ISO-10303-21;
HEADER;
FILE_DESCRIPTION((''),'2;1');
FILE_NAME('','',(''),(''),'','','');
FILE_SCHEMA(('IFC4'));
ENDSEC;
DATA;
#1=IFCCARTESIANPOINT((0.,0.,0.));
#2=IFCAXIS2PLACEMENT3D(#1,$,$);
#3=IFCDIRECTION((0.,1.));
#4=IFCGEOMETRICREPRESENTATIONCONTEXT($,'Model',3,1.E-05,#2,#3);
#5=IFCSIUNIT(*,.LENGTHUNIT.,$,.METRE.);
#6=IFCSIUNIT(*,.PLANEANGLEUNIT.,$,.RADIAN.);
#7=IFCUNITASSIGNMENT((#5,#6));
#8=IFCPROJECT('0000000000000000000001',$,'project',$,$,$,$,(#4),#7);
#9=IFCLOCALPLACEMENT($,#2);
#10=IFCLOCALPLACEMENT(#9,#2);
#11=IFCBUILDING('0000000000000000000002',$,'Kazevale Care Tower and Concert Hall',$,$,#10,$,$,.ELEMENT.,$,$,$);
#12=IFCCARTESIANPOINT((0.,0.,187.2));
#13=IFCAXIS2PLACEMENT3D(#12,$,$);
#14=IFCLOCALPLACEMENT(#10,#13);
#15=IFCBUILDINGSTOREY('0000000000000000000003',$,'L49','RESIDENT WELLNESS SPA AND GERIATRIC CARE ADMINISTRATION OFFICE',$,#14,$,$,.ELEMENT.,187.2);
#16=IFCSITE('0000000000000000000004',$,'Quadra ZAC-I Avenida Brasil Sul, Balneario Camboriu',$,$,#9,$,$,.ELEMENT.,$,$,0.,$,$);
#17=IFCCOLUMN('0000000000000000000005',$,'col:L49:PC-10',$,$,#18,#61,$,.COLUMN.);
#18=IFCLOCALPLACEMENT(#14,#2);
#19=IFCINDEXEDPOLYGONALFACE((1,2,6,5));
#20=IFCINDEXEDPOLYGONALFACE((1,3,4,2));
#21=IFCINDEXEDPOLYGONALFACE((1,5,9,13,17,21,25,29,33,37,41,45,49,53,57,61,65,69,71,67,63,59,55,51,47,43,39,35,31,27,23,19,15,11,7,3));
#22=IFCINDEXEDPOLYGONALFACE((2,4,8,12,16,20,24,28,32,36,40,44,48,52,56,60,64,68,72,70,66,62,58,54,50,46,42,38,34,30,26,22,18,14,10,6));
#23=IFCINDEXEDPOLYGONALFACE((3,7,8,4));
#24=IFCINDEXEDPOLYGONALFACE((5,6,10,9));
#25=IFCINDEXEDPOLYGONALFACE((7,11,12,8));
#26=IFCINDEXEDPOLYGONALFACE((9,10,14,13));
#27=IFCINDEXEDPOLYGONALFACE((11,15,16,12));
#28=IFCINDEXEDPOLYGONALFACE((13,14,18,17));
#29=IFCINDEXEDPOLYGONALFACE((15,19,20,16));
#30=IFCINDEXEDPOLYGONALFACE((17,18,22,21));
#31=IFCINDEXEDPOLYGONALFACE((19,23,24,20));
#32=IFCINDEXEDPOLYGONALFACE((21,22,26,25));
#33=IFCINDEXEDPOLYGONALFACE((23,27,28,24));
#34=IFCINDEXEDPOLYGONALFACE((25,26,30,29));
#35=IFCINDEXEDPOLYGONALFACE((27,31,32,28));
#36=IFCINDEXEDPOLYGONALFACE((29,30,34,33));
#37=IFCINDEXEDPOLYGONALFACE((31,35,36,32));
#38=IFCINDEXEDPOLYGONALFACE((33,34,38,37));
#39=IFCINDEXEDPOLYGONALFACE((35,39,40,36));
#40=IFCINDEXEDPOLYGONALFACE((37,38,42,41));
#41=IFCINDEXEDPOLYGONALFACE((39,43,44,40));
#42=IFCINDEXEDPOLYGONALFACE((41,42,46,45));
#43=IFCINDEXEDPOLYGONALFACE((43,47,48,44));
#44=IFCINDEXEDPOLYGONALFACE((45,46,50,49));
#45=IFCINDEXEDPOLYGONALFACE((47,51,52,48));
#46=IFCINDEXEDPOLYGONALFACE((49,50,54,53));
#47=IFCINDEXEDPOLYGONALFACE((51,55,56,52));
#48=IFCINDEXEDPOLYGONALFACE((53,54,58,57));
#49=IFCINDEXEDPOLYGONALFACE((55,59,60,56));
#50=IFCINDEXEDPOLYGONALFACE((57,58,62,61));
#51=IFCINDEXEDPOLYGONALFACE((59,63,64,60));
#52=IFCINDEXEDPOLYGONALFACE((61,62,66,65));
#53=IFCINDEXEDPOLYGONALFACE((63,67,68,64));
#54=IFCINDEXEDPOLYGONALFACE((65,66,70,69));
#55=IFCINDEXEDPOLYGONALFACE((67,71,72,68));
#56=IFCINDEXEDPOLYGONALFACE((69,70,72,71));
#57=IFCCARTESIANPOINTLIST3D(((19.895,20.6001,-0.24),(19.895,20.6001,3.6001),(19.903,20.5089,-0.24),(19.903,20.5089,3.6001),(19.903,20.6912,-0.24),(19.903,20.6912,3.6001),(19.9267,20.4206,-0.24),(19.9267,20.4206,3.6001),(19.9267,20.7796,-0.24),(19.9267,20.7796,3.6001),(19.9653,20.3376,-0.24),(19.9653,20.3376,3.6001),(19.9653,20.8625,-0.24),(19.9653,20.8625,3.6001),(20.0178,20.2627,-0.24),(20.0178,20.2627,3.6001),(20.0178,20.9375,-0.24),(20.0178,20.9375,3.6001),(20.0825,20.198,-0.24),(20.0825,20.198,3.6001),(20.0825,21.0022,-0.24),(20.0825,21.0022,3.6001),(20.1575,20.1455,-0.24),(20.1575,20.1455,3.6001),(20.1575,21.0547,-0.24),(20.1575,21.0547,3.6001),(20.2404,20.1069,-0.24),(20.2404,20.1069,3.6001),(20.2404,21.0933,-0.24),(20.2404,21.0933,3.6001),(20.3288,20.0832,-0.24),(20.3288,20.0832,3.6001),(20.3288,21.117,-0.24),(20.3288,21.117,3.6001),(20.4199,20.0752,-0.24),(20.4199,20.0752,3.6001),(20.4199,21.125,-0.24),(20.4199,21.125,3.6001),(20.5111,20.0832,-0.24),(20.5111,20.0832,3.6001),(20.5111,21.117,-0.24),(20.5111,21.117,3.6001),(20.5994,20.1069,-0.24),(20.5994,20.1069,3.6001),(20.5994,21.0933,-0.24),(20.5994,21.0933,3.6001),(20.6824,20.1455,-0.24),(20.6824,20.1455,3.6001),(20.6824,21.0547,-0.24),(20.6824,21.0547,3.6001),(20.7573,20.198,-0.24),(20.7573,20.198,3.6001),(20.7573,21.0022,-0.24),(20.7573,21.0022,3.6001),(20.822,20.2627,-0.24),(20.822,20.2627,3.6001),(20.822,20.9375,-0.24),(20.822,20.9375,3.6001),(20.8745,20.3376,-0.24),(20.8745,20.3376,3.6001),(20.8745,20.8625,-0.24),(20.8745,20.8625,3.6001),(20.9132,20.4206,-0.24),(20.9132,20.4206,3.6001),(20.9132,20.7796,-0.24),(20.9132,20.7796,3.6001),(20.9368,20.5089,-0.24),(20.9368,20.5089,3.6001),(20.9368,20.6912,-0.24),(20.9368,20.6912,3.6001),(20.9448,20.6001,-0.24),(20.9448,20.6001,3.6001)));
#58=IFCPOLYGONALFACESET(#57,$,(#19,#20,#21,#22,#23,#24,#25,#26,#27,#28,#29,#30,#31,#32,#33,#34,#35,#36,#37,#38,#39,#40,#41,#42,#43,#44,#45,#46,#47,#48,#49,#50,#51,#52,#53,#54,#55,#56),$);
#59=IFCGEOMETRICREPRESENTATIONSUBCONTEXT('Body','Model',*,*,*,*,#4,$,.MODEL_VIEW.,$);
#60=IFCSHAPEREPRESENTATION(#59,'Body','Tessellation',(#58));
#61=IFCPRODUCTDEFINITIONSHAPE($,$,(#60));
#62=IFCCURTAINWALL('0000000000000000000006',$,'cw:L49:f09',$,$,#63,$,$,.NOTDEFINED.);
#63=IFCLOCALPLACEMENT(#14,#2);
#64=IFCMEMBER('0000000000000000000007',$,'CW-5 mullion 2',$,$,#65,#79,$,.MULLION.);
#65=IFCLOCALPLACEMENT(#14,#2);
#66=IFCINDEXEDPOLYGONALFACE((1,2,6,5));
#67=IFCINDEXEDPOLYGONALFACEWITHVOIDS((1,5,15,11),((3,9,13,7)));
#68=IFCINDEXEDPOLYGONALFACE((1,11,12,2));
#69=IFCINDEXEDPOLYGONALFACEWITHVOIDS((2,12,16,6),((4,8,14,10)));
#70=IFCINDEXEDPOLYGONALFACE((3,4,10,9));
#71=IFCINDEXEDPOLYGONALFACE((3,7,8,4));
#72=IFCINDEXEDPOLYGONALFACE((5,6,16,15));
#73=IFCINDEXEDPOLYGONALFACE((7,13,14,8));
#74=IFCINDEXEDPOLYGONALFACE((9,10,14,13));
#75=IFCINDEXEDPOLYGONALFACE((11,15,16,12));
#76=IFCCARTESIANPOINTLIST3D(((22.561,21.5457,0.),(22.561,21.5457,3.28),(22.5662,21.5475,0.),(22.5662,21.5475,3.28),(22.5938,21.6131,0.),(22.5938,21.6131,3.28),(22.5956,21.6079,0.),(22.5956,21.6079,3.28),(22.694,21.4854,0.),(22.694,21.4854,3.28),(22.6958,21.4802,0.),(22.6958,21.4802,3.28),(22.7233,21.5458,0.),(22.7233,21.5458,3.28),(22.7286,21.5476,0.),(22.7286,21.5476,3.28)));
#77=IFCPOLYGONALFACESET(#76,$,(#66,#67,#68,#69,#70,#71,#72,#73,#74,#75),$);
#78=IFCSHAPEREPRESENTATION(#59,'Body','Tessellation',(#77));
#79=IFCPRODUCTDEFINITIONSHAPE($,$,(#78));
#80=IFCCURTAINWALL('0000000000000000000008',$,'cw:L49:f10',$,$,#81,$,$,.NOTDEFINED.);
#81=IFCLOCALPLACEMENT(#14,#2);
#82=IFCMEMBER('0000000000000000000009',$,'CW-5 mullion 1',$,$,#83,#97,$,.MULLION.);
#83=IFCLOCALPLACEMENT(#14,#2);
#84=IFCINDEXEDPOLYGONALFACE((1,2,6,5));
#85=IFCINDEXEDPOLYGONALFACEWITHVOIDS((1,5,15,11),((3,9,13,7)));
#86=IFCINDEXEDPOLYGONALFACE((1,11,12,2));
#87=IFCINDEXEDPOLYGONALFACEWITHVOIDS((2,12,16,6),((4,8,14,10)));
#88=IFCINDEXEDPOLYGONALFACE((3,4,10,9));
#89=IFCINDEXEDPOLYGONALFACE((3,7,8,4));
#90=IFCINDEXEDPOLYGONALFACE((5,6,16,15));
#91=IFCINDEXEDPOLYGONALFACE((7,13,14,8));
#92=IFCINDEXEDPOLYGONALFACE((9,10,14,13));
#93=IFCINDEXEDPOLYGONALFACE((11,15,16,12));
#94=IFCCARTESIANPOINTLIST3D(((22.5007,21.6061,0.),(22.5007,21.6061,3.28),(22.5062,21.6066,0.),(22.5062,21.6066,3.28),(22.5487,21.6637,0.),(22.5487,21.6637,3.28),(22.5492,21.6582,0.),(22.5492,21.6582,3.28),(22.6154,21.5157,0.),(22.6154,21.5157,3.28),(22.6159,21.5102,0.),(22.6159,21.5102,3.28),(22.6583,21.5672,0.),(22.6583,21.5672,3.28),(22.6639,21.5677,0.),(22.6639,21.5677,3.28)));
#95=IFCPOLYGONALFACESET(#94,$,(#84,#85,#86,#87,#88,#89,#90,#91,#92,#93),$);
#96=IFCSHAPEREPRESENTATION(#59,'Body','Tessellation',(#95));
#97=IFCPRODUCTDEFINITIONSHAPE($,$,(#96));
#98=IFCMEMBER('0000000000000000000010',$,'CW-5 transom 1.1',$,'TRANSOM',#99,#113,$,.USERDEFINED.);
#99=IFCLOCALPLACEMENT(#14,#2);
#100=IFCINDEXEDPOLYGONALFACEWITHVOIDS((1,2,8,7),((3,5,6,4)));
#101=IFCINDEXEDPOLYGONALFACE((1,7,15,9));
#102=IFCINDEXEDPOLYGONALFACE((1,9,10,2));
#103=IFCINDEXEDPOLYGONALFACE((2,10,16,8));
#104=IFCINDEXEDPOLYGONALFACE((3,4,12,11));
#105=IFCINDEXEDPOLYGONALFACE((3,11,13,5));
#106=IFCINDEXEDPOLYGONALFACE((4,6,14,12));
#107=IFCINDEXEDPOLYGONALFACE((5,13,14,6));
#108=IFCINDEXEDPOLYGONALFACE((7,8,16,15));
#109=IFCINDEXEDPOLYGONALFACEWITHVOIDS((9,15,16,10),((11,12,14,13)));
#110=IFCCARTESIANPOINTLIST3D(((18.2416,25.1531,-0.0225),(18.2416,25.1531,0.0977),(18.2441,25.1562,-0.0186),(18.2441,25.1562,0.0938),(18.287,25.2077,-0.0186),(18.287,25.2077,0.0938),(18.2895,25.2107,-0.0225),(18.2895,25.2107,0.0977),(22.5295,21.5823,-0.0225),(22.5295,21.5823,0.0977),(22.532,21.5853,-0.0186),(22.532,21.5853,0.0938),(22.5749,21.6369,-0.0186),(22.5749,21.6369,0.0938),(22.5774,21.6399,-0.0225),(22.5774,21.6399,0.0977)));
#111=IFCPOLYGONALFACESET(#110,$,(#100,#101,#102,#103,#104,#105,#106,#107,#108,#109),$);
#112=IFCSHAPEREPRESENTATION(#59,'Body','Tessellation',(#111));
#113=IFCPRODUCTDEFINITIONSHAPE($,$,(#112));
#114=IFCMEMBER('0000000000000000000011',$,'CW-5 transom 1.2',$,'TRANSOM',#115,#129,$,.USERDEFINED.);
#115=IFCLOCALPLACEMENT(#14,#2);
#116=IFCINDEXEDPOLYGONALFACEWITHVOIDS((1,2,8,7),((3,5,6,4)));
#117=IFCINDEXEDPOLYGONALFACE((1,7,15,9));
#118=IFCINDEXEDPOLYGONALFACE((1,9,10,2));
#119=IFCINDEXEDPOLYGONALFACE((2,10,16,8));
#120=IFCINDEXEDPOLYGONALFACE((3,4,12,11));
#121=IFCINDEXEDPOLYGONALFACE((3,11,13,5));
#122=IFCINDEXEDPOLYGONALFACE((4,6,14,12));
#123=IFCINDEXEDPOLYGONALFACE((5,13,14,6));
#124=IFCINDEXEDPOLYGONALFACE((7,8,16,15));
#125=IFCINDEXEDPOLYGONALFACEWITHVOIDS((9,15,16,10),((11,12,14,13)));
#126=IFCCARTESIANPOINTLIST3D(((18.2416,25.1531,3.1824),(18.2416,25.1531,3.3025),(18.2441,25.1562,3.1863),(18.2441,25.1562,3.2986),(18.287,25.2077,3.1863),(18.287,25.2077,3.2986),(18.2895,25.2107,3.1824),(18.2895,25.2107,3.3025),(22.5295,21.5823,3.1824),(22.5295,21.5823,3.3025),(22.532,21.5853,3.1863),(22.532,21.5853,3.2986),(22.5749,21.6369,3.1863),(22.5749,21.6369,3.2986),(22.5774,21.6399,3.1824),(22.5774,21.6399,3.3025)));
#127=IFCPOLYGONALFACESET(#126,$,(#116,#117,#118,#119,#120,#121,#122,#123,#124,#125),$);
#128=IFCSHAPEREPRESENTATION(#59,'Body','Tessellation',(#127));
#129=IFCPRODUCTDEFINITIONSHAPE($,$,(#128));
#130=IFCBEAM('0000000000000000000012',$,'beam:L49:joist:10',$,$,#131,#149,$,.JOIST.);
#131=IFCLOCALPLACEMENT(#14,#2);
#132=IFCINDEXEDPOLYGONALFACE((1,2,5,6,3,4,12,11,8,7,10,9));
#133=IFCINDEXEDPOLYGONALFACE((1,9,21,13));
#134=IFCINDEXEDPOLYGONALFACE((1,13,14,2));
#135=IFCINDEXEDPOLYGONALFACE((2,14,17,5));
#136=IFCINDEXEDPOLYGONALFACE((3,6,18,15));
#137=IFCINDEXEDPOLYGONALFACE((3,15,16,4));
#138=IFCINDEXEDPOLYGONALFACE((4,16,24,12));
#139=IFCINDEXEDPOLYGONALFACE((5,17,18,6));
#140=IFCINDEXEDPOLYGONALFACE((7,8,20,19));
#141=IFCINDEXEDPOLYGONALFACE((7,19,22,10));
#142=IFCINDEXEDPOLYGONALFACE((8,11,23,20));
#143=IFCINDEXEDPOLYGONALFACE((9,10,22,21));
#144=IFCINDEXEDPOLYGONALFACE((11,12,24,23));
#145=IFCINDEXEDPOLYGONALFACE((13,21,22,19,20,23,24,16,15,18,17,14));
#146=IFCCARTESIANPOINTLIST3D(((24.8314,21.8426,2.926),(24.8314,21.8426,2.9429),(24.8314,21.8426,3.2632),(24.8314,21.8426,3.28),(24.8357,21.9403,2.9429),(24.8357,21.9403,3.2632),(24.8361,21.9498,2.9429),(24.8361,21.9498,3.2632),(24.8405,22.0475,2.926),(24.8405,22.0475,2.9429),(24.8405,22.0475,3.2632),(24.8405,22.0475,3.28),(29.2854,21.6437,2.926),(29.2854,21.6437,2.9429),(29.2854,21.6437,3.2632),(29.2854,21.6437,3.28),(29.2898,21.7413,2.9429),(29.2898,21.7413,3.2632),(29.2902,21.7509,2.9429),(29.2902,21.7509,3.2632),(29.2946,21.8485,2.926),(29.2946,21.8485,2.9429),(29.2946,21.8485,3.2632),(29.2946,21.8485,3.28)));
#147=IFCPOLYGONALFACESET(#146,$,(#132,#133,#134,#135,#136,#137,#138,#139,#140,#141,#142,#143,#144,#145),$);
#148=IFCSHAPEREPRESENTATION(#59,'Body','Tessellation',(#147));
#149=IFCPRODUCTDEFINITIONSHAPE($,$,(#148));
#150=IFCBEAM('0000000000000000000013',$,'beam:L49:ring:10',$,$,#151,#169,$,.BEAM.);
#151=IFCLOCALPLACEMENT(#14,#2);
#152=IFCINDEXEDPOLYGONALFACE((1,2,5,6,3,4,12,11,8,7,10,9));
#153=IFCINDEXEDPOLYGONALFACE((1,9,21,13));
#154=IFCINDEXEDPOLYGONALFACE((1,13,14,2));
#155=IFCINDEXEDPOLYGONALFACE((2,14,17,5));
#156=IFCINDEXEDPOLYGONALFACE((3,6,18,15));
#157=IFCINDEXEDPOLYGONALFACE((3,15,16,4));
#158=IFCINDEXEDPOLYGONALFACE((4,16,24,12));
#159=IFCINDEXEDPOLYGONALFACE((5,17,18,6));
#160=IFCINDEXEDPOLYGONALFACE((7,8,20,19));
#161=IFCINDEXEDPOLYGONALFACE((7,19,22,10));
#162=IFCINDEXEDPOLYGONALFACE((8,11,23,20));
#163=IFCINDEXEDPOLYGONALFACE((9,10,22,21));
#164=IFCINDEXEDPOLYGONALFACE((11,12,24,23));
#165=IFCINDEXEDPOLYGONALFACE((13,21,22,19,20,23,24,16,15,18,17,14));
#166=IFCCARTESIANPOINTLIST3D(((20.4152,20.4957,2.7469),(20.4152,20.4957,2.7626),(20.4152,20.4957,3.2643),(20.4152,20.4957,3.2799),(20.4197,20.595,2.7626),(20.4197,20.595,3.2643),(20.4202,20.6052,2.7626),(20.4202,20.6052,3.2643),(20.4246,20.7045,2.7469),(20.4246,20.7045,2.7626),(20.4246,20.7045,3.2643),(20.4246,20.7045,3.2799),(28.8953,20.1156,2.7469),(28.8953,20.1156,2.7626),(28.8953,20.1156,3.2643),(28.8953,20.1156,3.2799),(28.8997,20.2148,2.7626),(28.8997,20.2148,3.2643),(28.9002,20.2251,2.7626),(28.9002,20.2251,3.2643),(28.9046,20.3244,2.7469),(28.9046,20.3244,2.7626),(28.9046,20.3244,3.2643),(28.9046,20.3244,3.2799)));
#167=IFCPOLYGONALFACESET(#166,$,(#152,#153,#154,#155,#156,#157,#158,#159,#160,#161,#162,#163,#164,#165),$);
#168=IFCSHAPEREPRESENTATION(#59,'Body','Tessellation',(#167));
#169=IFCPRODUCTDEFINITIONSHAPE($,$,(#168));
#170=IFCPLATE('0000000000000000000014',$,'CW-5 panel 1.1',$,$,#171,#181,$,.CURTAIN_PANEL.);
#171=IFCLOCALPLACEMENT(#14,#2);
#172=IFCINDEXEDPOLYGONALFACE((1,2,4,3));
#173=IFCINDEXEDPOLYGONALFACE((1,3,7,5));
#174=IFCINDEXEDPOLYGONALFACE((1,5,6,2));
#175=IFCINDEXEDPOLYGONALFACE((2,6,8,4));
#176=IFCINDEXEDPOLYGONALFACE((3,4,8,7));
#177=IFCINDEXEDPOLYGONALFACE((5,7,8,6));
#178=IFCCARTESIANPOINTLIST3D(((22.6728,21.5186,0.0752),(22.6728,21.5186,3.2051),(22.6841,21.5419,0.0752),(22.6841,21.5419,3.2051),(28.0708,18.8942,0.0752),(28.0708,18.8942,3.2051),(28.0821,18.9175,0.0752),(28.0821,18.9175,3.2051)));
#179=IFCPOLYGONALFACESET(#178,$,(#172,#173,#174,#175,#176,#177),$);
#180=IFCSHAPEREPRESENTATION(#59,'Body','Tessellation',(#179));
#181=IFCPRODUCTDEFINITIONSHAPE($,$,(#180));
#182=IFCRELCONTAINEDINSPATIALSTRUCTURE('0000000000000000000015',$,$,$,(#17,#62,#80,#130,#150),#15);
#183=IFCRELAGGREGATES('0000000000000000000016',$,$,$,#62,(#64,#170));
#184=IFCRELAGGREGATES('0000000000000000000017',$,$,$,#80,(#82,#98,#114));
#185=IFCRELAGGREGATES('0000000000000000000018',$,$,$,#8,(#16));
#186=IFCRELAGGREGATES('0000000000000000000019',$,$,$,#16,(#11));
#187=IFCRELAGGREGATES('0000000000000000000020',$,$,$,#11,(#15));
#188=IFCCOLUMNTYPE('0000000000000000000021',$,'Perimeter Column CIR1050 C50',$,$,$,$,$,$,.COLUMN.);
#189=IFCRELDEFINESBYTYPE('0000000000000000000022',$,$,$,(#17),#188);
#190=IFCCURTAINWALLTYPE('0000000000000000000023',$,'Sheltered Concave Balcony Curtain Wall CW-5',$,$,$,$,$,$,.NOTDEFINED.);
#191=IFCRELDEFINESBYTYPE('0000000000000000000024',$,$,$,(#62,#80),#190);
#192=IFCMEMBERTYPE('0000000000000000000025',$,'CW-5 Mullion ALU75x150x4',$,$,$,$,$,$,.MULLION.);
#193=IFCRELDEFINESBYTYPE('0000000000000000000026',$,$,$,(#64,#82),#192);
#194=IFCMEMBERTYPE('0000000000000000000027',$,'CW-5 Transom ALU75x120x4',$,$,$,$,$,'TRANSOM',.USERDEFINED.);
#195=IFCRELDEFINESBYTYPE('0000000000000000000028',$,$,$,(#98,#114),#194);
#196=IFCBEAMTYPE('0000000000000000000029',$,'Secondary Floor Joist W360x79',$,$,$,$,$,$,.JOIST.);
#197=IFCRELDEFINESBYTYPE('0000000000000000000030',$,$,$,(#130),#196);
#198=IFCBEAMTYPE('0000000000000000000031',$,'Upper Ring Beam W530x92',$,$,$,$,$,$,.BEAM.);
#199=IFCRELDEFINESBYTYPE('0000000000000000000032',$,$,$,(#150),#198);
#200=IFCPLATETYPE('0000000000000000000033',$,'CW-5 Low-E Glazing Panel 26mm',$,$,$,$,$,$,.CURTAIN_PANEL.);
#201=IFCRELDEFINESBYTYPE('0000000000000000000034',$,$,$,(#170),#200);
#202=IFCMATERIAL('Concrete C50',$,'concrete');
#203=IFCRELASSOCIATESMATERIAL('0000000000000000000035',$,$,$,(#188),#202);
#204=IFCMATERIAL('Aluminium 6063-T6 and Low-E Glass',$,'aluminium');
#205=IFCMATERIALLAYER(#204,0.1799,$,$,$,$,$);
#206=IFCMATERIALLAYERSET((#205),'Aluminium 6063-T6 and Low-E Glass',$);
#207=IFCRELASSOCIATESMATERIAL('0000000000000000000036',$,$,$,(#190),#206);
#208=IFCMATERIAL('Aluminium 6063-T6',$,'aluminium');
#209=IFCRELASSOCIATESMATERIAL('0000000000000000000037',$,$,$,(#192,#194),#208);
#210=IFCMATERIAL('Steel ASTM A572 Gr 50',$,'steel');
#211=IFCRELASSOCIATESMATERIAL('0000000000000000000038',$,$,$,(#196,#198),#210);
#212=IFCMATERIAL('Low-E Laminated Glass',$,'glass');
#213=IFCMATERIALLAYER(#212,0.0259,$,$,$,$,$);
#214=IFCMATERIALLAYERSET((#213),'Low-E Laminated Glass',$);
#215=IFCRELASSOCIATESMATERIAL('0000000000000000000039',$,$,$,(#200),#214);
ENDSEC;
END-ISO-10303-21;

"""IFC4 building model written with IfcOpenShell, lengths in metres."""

from ifc_helpers import new_model, si_unit, direction, frame, origin, origin_2d, place, context, subcontext, project, spatial, rectangle, hollow_rectangle, circle, i_section, extrude, material, layer, layer_set, material_profile, profile_set, type_object, element, aggregate, save


model = new_model("IFC4")

# Units and contexts
model_context = context("Model", 3, precision=1e-05, world=origin(), true_north=direction((0.0, 1.0)))
body_context = subcontext(model_context, "Body", "Model", "MODEL_VIEW")
ifc_project = project(units=[si_unit("LENGTHUNIT", "METRE"), si_unit("PLANEANGLEUNIT", "RADIAN")], contexts=[model_context])

# Site, building, storey
site_placement = place(None, origin())
site = spatial("IfcSite", under=ifc_project, at=site_placement, Name="Quadra ZAC-I Avenida Brasil Sul, Balneario Camboriu", CompositionType="ELEMENT", RefElevation=0.0)
building_placement = place(site_placement, origin())
building = spatial("IfcBuilding", under=site, at=building_placement, Name="Kazevale Care Tower and Concert Hall", CompositionType="ELEMENT")
storey_placement = place(building_placement, frame((0.0, 0.0, 187.2)))
storey = spatial("IfcBuildingStorey", under=building, at=storey_placement, Name="L49", Description="RESIDENT WELLNESS SPA AND GERIATRIC CARE ADMINISTRATION OFFICE", CompositionType="ELEMENT", Elevation=187.2)

# Column
ifc_material_1 = material(Name="Concrete C50", Category="concrete")
ifc_material_profile_1 = material_profile(ifc_material_1, circle(Radius=0.5249, at=origin_2d()), Name="RC-CIR1050")
ifc_profile_set_1 = profile_set([ifc_material_profile_1], Name="Concrete C50")
column_type = type_object("IfcColumnType", Name="Perimeter Column CIR1050 C50", PredefinedType="COLUMN", material=ifc_profile_set_1)
column_placement = place(storey_placement, frame((20.4199, 20.6001, -0.24), z_axis=(0.0, 0.0, 1.0), x_axis=(1.0, 0.0, 0.0)))
element("IfcColumn", 1, at=column_placement, inside=storey, type_object=column_type, Name="col:L49:PC-10", PredefinedType="COLUMN", context=body_context, shape_type="SweptSolid", body=[
    extrude(circle(Radius=0.5249, at=origin_2d()), origin(), (0.0, 0.0, 1.0), 3.8401),
])

# Curtain wall, member
ifc_material_2 = material(Name="Aluminium 6063-T6 and Low-E Glass", Category="aluminium")
ifc_layer_1 = layer(ifc_material_2, 0.1799)
ifc_layer_set_1 = layer_set([ifc_layer_1], Name="Aluminium 6063-T6 and Low-E Glass")
curtain_wall_type = type_object("IfcCurtainWallType", Name="Sheltered Concave Balcony Curtain Wall CW-5", PredefinedType="NOTDEFINED", material=ifc_layer_set_1)
curtain_wall_1_placement = place(storey_placement, origin())
curtain_wall_1 = element("IfcCurtainWall", 2, at=curtain_wall_1_placement, inside=storey, type_object=curtain_wall_type, Name="cw:L49:f09", PredefinedType="NOTDEFINED")
ifc_material_3 = material(Name="Aluminium 6063-T6", Category="aluminium")
ifc_material_profile_2 = material_profile(ifc_material_3, hollow_rectangle(XDim=0.075, YDim=0.1499, WallThickness=0.0039, at=origin_2d()), Name="ALU75x150x4")
ifc_profile_set_2 = profile_set([ifc_material_profile_2], Name="Aluminium 6063-T6")
member_type_1 = type_object("IfcMemberType", Name="CW-5 Mullion ALU75x150x4", PredefinedType="MULLION", material=ifc_profile_set_2)
member_1_placement = place(storey_placement, frame((22.6448, 21.5466, 0.0), z_axis=(0.0, 0.0, 1.0), x_axis=(-0.437238, -0.899346, 0.0)))
member_1 = element("IfcMember", 3, at=member_1_placement, type_object=member_type_1, Name="CW-5 mullion 2", PredefinedType="MULLION", context=body_context, shape_type="SweptSolid", body=[
    extrude(hollow_rectangle(XDim=0.075, YDim=0.1499, WallThickness=0.0039, at=origin_2d()), origin(), (0.0, 0.0, 1.0), 3.28),
])

# Curtain wall, members
curtain_wall_2_placement = place(storey_placement, origin())
curtain_wall_2 = element("IfcCurtainWall", 4, at=curtain_wall_2_placement, inside=storey, type_object=curtain_wall_type, Name="cw:L49:f10", PredefinedType="NOTDEFINED")
member_2_placement = place(storey_placement, frame((22.5823, 21.5869, 0.0), z_axis=(0.0, 0.0, 1.0), x_axis=(-0.639961, -0.768407, 0.0)))
member_2 = element("IfcMember", 5, at=member_2_placement, type_object=member_type_1, Name="CW-5 mullion 1", PredefinedType="MULLION", context=body_context, shape_type="SweptSolid", body=[
    extrude(hollow_rectangle(XDim=0.075, YDim=0.1499, WallThickness=0.0039, at=origin_2d()), origin(), (0.0, 0.0, 1.0), 3.28),
])
ifc_material_profile_3 = material_profile(ifc_material_3, hollow_rectangle(XDim=0.075, YDim=0.1201, WallThickness=0.0039, at=origin_2d()), Name="ALU75x120x4")
ifc_profile_set_3 = profile_set([ifc_material_profile_3], Name="Aluminium 6063-T6")
member_type_2 = type_object("IfcMemberType", Name="CW-5 Transom ALU75x120x4", ElementType="TRANSOM", PredefinedType="USERDEFINED", material=ifc_profile_set_3)
member_3_placement = place(storey_placement, frame((22.5535, 21.6111, 0.0376), z_axis=(-0.768433, 0.63993, 0.0), x_axis=(-0.63993, -0.768433, 0.0)))
member_3 = element("IfcMember", 6, at=member_3_placement, type_object=member_type_2, Name="CW-5 transom 1.1", ObjectType="TRANSOM", PredefinedType="USERDEFINED", context=body_context, shape_type="SweptSolid", body=[
    extrude(hollow_rectangle(XDim=0.075, YDim=0.1201, WallThickness=0.0039, at=origin_2d()), origin(), (0.0, 0.0, 1.0), 5.5801),
])
member_4_placement = place(storey_placement, frame((22.5535, 21.6111, 3.2424), z_axis=(-0.768433, 0.63993, 0.0), x_axis=(-0.63993, -0.768433, 0.0)))
member_4 = element("IfcMember", 7, at=member_4_placement, type_object=member_type_2, Name="CW-5 transom 1.2", ObjectType="TRANSOM", PredefinedType="USERDEFINED", context=body_context, shape_type="SweptSolid", body=[
    extrude(hollow_rectangle(XDim=0.075, YDim=0.1201, WallThickness=0.0039, at=origin_2d()), origin(), (0.0, 0.0, 1.0), 5.5801),
])

# Beams
ifc_material_4 = material(Name="Steel ASTM A572 Gr 50", Category="steel")
ifc_material_profile_4 = material_profile(ifc_material_4, i_section(OverallWidth=0.2051, OverallDepth=0.354, WebThickness=0.0095, FlangeThickness=0.0168, at=origin_2d()), Name="W360x79")
ifc_profile_set_4 = profile_set([ifc_material_profile_4], Name="Steel ASTM A572 Gr 50")
beam_type_1 = type_object("IfcBeamType", Name="Secondary Floor Joist W360x79", PredefinedType="JOIST", material=ifc_profile_set_4)
beam_1_placement = place(storey_placement, frame((24.8359, 21.9451, 3.103), z_axis=(0.999004, -0.044628, 0.0), x_axis=(0.044628, 0.999004, 0.0)))
element("IfcBeam", 8, at=beam_1_placement, inside=storey, type_object=beam_type_1, Name="beam:L49:joist:10", PredefinedType="JOIST", context=body_context, shape_type="SweptSolid", body=[
    extrude(i_section(OverallWidth=0.2051, OverallDepth=0.354, WebThickness=0.0095, FlangeThickness=0.0168, at=origin_2d()), origin(), (0.0, 0.0, 1.0), 4.4585),
])
ifc_material_profile_5 = material_profile(ifc_material_4, i_section(OverallWidth=0.209, OverallDepth=0.533, WebThickness=0.0103, FlangeThickness=0.0156, at=origin_2d()), Name="W530x92")
ifc_profile_set_5 = profile_set([ifc_material_profile_5], Name="Steel ASTM A572 Gr 50")
beam_type_2 = type_object("IfcBeamType", Name="Upper Ring Beam W530x92", PredefinedType="BEAM", material=ifc_profile_set_5)
beam_2_placement = place(storey_placement, frame((20.4199, 20.6001, 3.0134), z_axis=(0.998997, -0.044781, 0.0), x_axis=(0.044781, 0.998997, 0.0)))
element("IfcBeam", 9, at=beam_2_placement, inside=storey, type_object=beam_type_2, Name="beam:L49:ring:10", PredefinedType="BEAM", context=body_context, shape_type="SweptSolid", body=[
    extrude(i_section(OverallWidth=0.209, OverallDepth=0.533, WebThickness=0.0103, FlangeThickness=0.0156, at=origin_2d()), origin(), (0.0, 0.0, 1.0), 8.4885),
])

# Plate
ifc_material_5 = material(Name="Low-E Laminated Glass", Category="glass")
ifc_layer_2 = layer(ifc_material_5, 0.0259)
ifc_layer_set_2 = layer_set([ifc_layer_2], Name="Low-E Laminated Glass")
plate_type = type_object("IfcPlateType", Name="CW-5 Low-E Glazing Panel 26mm", PredefinedType="CURTAIN_PANEL", material=ifc_layer_set_2)
plate_1_placement = place(storey_placement, frame((25.3774, 20.218, 0.0752), z_axis=(0.0, 0.0, 1.0), x_axis=(-0.899346, 0.437238, 0.0)))
plate_1 = element("IfcPlate", 10, at=plate_1_placement, type_object=plate_type, Name="CW-5 panel 1.1", PredefinedType="CURTAIN_PANEL", context=body_context, shape_type="SweptSolid", body=[
    extrude(rectangle(XDim=6.0022, YDim=0.0259, at=origin_2d()), origin(), (0.0, 0.0, 1.0), 3.1299),
])
aggregate(curtain_wall_1, [member_1, plate_1])
aggregate(curtain_wall_2, [member_2, member_3, member_4])

save(model, "model.ifc")
